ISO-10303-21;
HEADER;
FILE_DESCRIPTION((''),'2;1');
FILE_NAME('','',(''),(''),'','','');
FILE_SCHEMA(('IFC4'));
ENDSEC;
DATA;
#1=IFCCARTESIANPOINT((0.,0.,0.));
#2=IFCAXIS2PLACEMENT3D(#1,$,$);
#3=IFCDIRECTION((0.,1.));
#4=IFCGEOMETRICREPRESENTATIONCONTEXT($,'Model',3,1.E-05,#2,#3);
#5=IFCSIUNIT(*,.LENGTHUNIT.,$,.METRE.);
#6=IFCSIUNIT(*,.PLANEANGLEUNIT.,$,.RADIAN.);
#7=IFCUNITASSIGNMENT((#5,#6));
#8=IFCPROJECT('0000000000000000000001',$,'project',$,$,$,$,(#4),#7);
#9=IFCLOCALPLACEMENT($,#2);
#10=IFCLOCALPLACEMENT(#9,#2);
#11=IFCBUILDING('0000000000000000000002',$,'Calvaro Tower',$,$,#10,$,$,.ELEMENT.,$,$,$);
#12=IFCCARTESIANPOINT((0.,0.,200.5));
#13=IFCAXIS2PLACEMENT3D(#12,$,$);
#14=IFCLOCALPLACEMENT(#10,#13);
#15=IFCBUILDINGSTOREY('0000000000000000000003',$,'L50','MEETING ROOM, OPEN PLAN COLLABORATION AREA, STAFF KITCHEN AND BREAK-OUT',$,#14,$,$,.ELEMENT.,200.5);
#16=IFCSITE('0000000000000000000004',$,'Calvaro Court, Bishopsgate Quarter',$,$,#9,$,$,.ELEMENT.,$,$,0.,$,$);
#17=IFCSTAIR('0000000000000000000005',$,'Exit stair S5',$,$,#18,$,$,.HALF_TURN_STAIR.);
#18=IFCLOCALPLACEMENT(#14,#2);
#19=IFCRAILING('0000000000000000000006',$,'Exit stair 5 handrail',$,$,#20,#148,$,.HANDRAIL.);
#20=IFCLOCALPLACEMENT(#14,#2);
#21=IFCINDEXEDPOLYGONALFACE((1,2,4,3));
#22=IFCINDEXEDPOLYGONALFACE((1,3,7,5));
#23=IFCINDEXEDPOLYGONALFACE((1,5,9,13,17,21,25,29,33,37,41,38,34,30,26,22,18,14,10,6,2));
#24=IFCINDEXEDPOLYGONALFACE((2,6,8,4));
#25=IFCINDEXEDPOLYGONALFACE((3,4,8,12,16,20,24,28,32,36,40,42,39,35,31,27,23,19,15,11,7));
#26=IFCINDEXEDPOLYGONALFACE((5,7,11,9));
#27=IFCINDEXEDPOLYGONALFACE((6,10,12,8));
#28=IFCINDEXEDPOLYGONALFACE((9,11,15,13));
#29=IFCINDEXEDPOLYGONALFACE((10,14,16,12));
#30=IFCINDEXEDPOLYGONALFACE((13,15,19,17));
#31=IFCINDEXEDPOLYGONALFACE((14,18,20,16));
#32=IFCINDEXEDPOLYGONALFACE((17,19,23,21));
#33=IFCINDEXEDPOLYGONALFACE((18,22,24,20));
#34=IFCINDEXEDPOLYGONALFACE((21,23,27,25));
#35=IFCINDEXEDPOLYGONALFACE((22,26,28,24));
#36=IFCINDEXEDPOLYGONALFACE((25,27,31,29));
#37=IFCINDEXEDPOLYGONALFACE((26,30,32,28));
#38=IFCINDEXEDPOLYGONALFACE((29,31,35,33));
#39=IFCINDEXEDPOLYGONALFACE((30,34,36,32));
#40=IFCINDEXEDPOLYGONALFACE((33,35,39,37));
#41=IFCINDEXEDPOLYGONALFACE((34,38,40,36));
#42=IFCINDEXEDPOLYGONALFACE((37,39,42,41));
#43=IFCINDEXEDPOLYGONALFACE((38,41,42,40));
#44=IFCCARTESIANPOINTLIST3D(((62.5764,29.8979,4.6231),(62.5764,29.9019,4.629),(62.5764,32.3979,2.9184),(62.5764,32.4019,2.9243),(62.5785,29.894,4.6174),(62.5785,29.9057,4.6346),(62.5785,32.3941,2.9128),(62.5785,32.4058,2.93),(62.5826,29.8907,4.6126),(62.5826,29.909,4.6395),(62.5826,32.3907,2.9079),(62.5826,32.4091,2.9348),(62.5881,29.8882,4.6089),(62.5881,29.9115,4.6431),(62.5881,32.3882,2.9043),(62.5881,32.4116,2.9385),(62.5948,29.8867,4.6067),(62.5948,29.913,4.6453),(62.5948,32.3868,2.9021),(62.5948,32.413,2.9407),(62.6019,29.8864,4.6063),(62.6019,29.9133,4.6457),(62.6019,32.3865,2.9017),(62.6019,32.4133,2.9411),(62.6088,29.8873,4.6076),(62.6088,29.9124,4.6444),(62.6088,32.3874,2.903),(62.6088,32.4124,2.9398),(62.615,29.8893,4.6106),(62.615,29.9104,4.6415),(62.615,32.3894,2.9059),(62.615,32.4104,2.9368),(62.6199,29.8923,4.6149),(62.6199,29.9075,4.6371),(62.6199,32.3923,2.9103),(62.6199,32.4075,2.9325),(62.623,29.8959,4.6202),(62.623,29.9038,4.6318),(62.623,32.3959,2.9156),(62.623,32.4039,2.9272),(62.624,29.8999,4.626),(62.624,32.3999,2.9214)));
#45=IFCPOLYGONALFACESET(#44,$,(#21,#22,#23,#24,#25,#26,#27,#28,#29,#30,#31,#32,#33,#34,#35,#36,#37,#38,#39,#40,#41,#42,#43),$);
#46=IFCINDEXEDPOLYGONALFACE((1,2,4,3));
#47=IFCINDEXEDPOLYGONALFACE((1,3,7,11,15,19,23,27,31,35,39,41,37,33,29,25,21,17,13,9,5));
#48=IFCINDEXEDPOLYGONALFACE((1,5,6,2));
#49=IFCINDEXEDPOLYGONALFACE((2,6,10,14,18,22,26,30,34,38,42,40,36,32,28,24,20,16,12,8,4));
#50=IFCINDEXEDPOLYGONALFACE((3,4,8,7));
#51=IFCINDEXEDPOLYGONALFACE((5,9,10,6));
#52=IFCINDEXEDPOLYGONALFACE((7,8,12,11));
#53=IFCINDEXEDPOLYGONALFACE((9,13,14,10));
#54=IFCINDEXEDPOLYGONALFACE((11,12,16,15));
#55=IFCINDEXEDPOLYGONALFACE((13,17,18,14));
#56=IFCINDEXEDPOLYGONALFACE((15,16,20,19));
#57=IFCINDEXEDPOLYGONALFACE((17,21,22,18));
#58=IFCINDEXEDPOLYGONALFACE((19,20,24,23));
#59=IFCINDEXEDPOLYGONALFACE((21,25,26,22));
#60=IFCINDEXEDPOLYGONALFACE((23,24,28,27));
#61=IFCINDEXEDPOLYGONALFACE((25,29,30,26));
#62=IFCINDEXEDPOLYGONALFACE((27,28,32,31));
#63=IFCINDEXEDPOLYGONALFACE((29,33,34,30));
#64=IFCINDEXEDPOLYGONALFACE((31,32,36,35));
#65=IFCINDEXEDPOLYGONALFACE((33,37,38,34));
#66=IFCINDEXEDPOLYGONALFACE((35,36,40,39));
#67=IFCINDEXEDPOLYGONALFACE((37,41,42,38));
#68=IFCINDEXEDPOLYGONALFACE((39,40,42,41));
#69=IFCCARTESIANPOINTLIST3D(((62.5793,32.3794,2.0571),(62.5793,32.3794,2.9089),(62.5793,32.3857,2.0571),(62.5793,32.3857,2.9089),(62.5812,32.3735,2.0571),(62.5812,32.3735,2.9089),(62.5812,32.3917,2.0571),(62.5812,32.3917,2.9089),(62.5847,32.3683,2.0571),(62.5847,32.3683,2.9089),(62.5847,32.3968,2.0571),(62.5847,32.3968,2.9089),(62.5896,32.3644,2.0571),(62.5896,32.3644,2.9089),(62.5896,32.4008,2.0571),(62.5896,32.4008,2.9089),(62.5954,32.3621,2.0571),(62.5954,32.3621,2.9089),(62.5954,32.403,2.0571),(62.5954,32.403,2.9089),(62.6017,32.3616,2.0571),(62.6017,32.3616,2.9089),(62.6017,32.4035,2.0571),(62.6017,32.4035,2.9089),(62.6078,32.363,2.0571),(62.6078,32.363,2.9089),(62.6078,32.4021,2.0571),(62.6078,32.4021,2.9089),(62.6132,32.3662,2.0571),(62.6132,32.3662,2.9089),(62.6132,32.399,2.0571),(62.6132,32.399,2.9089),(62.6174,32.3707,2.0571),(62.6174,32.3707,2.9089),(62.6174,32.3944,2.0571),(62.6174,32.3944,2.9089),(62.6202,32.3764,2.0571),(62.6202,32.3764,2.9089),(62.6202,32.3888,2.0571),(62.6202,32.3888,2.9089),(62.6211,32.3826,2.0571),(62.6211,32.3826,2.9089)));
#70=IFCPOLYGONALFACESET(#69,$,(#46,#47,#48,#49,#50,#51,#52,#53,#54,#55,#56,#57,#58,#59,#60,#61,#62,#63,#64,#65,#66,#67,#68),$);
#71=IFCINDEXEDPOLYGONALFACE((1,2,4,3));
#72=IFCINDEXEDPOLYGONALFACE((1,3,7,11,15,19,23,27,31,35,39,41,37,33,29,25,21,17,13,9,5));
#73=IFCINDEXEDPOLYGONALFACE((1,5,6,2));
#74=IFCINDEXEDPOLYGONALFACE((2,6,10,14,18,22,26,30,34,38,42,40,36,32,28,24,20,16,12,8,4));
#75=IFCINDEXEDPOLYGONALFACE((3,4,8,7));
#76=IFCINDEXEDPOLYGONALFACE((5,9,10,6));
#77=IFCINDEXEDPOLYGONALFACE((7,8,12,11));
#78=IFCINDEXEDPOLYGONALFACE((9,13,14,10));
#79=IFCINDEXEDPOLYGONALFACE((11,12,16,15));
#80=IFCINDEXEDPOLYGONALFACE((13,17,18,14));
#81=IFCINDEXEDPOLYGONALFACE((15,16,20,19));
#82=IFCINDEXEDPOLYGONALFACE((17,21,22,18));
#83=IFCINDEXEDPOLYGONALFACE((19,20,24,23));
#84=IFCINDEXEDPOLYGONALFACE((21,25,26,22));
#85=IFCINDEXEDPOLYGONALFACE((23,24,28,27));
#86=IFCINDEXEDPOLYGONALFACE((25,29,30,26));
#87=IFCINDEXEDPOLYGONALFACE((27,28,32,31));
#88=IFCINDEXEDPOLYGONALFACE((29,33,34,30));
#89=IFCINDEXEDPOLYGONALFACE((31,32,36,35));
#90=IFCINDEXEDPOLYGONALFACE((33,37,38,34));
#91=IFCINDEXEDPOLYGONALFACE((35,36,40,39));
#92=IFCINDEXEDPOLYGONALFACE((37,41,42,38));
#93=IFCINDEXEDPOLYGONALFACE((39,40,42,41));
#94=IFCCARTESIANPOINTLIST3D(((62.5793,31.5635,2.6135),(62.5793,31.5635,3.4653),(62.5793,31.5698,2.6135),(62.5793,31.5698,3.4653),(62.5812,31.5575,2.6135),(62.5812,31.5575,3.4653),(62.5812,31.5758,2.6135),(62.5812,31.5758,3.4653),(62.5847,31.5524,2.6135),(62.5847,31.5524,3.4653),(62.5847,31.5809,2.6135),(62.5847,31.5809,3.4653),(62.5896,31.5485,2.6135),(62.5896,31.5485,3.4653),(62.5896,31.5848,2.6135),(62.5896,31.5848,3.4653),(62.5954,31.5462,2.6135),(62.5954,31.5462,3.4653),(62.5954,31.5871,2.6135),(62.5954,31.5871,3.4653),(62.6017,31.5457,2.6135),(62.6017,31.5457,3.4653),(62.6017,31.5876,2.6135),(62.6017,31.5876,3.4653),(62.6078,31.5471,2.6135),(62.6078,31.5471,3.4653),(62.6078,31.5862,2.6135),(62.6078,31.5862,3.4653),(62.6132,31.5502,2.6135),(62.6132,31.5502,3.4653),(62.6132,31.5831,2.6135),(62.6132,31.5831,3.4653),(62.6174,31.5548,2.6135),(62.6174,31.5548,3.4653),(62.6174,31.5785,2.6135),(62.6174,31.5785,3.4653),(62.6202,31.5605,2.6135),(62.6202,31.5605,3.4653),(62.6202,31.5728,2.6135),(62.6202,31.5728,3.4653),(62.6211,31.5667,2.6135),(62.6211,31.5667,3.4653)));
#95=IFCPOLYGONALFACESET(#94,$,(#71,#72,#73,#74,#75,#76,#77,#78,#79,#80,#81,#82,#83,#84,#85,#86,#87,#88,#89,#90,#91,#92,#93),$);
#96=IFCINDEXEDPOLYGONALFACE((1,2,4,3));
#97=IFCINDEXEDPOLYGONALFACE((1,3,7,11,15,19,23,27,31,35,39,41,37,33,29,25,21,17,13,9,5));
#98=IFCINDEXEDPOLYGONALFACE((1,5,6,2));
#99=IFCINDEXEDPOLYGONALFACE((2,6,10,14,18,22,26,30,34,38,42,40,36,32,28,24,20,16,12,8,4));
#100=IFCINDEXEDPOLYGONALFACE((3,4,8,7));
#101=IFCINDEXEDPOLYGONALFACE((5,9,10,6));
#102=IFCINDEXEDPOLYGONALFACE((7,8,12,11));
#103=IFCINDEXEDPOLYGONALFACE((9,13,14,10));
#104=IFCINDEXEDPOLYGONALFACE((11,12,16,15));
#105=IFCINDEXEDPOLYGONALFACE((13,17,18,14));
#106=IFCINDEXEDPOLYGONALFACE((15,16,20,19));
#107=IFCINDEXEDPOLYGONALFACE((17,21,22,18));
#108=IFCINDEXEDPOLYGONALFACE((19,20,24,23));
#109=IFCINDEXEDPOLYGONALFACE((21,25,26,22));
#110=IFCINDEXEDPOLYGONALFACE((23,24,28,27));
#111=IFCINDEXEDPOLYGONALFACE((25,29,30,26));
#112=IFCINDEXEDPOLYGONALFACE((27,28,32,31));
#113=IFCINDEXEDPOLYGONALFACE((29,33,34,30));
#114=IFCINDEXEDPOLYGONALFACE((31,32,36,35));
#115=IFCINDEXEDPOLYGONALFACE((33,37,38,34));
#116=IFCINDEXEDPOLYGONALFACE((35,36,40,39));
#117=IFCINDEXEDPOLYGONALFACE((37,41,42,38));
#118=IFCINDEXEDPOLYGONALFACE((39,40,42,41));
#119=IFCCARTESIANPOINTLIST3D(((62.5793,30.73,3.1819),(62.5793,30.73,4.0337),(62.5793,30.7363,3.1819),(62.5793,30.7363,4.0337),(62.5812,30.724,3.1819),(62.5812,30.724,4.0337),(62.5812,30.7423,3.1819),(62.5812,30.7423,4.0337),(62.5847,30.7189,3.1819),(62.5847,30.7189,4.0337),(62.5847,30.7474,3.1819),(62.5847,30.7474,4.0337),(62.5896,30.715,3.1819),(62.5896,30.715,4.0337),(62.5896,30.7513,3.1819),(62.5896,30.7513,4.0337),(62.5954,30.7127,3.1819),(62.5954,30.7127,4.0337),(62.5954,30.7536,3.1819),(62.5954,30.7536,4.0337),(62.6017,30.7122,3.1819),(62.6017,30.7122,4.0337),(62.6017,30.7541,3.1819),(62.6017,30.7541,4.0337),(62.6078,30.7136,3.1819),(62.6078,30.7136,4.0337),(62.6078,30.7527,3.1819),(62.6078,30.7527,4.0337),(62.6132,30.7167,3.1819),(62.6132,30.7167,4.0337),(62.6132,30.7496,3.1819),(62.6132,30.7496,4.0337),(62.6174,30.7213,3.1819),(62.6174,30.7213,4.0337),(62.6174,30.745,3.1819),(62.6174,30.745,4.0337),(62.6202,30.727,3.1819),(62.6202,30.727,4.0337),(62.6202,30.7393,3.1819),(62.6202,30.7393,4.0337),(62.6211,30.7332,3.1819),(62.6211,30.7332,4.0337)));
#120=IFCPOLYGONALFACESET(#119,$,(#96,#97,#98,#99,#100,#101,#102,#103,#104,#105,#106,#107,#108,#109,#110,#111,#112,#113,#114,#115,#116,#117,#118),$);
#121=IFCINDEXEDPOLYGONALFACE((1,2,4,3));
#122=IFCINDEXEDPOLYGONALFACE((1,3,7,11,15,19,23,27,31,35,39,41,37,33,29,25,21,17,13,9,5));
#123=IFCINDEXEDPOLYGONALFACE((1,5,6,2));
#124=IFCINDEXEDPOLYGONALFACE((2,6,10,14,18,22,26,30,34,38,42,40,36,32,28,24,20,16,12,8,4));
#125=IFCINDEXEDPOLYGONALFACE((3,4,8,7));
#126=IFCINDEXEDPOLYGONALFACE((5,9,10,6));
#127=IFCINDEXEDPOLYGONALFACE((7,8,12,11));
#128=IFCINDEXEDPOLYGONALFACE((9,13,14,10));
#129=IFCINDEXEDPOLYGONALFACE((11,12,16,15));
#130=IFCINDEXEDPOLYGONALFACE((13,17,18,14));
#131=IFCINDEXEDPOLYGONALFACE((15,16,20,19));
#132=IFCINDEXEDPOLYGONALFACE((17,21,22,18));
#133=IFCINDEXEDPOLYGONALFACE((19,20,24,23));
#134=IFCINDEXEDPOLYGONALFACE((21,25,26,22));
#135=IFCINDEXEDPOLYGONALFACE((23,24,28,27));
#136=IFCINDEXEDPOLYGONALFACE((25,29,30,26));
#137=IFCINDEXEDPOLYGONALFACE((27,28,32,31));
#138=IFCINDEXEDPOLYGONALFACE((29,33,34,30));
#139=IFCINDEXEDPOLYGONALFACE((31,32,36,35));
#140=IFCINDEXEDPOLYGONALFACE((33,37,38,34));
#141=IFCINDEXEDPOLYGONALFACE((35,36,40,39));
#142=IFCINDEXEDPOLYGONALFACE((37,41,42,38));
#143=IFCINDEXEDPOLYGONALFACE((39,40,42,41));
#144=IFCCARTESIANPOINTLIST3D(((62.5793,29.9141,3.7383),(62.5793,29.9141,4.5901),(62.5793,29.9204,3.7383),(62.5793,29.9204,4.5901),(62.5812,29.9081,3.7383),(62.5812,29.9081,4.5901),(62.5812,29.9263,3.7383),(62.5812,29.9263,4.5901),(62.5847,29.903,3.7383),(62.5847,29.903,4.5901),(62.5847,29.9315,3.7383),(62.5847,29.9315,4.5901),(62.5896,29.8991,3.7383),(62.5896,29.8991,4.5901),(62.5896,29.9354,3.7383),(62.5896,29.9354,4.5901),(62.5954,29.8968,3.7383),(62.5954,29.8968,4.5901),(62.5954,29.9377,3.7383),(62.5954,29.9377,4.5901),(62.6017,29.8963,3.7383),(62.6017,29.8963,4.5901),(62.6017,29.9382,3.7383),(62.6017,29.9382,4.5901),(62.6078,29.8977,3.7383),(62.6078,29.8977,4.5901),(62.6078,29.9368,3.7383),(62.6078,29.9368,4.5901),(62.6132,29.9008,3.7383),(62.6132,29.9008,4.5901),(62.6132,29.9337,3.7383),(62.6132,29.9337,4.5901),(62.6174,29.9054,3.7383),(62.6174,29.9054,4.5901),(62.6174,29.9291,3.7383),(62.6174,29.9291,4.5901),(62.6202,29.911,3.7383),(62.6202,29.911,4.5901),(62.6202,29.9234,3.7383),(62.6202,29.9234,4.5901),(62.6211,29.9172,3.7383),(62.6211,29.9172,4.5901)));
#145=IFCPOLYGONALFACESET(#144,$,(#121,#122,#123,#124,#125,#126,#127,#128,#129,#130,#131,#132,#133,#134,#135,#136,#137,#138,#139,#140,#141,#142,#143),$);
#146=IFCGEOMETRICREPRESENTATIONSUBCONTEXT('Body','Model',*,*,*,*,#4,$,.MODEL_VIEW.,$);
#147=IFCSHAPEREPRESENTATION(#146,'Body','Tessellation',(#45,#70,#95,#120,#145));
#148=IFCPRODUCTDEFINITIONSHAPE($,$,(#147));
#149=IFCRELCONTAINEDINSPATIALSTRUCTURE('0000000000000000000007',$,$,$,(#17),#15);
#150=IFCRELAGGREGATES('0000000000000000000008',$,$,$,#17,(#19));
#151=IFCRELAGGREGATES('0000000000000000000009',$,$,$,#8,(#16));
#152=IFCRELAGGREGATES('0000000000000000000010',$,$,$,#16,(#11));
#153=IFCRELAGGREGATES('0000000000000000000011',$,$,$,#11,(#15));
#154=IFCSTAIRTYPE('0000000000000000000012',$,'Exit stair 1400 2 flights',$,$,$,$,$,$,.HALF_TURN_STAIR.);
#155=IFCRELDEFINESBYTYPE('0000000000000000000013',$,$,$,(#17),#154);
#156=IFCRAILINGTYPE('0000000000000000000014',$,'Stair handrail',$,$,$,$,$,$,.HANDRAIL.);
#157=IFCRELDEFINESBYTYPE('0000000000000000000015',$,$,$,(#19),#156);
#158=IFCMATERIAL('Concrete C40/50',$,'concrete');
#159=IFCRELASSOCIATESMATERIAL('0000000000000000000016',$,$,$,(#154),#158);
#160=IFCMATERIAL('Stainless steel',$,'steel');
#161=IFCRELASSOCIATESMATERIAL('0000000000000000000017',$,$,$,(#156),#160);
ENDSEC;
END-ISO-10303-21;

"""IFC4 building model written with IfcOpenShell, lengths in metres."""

from ifc_helpers import new_model, si_unit, direction, frame, origin, origin_2d, place, context, subcontext, project, spatial, circle, extrude, material, type_object, element, aggregate, save


model = new_model("IFC4")

# Units and contexts
model_context = context("Model", 3, precision=1e-05, world=origin(), true_north=direction((0.0, 1.0)))
body_context = subcontext(model_context, "Body", "Model", "MODEL_VIEW")
ifc_project = project(units=[si_unit("LENGTHUNIT", "METRE"), si_unit("PLANEANGLEUNIT", "RADIAN")], contexts=[model_context])

# Site, building, storey
site_placement = place(None, origin())
site = spatial("IfcSite", under=ifc_project, at=site_placement, Name="Calvaro Court, Bishopsgate Quarter", CompositionType="ELEMENT", RefElevation=0.0)
building_placement = place(site_placement, origin())
building = spatial("IfcBuilding", under=site, at=building_placement, Name="Calvaro Tower", CompositionType="ELEMENT")
storey_placement = place(building_placement, frame((0.0, 0.0, 200.5)))
storey = spatial("IfcBuildingStorey", under=building, at=storey_placement, Name="L50", Description="MEETING ROOM, OPEN PLAN COLLABORATION AREA, STAFF KITCHEN AND BREAK-OUT", CompositionType="ELEMENT", Elevation=200.5)

# Stair
ifc_material_1 = material(Name="Concrete C40/50", Category="concrete")
stair_type = type_object("IfcStairType", Name="Exit stair 1400 2 flights", PredefinedType="HALF_TURN_STAIR", material=ifc_material_1)
stair_1_placement = place(storey_placement, origin())
stair_1 = element("IfcStair", 1, at=stair_1_placement, inside=storey, type_object=stair_type, Name="Exit stair S5", PredefinedType="HALF_TURN_STAIR")

# Railing
ifc_material_2 = material(Name="Stainless steel", Category="steel")
railing_type = type_object("IfcRailingType", Name="Stair handrail", PredefinedType="HANDRAIL", material=ifc_material_2)
railing_1_placement = place(storey_placement, frame((62.6001, 32.3999, 2.0454)))
railing_1 = element("IfcRailing", 2, at=railing_1_placement, type_object=railing_type, Name="Exit stair 5 handrail", PredefinedType="HANDRAIL", context=body_context, shape_type="SweptSolid", body=[
    extrude(circle(Radius=0.0239, at=origin_2d()), frame((0.0, 0.0, 0.876), z_axis=(0.0, -0.826221, 0.563347), x_axis=(1.0, 0.0, 0.0)), (0.0, 0.0, 1.0), 3.0259),
    extrude(circle(Radius=0.021, at=origin_2d()), frame((0.0, -0.0173, 0.0117)), (0.0, 0.0, 1.0), 0.8518),
    extrude(circle(Radius=0.021, at=origin_2d()), frame((0.0, -0.8333, 0.5681)), (0.0, 0.0, 1.0), 0.8518),
    extrude(circle(Radius=0.021, at=origin_2d()), frame((0.0, -1.6667, 1.1365)), (0.0, 0.0, 1.0), 0.8518),
    extrude(circle(Radius=0.021, at=origin_2d()), frame((0.0, -2.4827, 1.6929)), (0.0, 0.0, 1.0), 0.8518),
])
aggregate(stair_1, [railing_1])

save(model, "model.ifc")
